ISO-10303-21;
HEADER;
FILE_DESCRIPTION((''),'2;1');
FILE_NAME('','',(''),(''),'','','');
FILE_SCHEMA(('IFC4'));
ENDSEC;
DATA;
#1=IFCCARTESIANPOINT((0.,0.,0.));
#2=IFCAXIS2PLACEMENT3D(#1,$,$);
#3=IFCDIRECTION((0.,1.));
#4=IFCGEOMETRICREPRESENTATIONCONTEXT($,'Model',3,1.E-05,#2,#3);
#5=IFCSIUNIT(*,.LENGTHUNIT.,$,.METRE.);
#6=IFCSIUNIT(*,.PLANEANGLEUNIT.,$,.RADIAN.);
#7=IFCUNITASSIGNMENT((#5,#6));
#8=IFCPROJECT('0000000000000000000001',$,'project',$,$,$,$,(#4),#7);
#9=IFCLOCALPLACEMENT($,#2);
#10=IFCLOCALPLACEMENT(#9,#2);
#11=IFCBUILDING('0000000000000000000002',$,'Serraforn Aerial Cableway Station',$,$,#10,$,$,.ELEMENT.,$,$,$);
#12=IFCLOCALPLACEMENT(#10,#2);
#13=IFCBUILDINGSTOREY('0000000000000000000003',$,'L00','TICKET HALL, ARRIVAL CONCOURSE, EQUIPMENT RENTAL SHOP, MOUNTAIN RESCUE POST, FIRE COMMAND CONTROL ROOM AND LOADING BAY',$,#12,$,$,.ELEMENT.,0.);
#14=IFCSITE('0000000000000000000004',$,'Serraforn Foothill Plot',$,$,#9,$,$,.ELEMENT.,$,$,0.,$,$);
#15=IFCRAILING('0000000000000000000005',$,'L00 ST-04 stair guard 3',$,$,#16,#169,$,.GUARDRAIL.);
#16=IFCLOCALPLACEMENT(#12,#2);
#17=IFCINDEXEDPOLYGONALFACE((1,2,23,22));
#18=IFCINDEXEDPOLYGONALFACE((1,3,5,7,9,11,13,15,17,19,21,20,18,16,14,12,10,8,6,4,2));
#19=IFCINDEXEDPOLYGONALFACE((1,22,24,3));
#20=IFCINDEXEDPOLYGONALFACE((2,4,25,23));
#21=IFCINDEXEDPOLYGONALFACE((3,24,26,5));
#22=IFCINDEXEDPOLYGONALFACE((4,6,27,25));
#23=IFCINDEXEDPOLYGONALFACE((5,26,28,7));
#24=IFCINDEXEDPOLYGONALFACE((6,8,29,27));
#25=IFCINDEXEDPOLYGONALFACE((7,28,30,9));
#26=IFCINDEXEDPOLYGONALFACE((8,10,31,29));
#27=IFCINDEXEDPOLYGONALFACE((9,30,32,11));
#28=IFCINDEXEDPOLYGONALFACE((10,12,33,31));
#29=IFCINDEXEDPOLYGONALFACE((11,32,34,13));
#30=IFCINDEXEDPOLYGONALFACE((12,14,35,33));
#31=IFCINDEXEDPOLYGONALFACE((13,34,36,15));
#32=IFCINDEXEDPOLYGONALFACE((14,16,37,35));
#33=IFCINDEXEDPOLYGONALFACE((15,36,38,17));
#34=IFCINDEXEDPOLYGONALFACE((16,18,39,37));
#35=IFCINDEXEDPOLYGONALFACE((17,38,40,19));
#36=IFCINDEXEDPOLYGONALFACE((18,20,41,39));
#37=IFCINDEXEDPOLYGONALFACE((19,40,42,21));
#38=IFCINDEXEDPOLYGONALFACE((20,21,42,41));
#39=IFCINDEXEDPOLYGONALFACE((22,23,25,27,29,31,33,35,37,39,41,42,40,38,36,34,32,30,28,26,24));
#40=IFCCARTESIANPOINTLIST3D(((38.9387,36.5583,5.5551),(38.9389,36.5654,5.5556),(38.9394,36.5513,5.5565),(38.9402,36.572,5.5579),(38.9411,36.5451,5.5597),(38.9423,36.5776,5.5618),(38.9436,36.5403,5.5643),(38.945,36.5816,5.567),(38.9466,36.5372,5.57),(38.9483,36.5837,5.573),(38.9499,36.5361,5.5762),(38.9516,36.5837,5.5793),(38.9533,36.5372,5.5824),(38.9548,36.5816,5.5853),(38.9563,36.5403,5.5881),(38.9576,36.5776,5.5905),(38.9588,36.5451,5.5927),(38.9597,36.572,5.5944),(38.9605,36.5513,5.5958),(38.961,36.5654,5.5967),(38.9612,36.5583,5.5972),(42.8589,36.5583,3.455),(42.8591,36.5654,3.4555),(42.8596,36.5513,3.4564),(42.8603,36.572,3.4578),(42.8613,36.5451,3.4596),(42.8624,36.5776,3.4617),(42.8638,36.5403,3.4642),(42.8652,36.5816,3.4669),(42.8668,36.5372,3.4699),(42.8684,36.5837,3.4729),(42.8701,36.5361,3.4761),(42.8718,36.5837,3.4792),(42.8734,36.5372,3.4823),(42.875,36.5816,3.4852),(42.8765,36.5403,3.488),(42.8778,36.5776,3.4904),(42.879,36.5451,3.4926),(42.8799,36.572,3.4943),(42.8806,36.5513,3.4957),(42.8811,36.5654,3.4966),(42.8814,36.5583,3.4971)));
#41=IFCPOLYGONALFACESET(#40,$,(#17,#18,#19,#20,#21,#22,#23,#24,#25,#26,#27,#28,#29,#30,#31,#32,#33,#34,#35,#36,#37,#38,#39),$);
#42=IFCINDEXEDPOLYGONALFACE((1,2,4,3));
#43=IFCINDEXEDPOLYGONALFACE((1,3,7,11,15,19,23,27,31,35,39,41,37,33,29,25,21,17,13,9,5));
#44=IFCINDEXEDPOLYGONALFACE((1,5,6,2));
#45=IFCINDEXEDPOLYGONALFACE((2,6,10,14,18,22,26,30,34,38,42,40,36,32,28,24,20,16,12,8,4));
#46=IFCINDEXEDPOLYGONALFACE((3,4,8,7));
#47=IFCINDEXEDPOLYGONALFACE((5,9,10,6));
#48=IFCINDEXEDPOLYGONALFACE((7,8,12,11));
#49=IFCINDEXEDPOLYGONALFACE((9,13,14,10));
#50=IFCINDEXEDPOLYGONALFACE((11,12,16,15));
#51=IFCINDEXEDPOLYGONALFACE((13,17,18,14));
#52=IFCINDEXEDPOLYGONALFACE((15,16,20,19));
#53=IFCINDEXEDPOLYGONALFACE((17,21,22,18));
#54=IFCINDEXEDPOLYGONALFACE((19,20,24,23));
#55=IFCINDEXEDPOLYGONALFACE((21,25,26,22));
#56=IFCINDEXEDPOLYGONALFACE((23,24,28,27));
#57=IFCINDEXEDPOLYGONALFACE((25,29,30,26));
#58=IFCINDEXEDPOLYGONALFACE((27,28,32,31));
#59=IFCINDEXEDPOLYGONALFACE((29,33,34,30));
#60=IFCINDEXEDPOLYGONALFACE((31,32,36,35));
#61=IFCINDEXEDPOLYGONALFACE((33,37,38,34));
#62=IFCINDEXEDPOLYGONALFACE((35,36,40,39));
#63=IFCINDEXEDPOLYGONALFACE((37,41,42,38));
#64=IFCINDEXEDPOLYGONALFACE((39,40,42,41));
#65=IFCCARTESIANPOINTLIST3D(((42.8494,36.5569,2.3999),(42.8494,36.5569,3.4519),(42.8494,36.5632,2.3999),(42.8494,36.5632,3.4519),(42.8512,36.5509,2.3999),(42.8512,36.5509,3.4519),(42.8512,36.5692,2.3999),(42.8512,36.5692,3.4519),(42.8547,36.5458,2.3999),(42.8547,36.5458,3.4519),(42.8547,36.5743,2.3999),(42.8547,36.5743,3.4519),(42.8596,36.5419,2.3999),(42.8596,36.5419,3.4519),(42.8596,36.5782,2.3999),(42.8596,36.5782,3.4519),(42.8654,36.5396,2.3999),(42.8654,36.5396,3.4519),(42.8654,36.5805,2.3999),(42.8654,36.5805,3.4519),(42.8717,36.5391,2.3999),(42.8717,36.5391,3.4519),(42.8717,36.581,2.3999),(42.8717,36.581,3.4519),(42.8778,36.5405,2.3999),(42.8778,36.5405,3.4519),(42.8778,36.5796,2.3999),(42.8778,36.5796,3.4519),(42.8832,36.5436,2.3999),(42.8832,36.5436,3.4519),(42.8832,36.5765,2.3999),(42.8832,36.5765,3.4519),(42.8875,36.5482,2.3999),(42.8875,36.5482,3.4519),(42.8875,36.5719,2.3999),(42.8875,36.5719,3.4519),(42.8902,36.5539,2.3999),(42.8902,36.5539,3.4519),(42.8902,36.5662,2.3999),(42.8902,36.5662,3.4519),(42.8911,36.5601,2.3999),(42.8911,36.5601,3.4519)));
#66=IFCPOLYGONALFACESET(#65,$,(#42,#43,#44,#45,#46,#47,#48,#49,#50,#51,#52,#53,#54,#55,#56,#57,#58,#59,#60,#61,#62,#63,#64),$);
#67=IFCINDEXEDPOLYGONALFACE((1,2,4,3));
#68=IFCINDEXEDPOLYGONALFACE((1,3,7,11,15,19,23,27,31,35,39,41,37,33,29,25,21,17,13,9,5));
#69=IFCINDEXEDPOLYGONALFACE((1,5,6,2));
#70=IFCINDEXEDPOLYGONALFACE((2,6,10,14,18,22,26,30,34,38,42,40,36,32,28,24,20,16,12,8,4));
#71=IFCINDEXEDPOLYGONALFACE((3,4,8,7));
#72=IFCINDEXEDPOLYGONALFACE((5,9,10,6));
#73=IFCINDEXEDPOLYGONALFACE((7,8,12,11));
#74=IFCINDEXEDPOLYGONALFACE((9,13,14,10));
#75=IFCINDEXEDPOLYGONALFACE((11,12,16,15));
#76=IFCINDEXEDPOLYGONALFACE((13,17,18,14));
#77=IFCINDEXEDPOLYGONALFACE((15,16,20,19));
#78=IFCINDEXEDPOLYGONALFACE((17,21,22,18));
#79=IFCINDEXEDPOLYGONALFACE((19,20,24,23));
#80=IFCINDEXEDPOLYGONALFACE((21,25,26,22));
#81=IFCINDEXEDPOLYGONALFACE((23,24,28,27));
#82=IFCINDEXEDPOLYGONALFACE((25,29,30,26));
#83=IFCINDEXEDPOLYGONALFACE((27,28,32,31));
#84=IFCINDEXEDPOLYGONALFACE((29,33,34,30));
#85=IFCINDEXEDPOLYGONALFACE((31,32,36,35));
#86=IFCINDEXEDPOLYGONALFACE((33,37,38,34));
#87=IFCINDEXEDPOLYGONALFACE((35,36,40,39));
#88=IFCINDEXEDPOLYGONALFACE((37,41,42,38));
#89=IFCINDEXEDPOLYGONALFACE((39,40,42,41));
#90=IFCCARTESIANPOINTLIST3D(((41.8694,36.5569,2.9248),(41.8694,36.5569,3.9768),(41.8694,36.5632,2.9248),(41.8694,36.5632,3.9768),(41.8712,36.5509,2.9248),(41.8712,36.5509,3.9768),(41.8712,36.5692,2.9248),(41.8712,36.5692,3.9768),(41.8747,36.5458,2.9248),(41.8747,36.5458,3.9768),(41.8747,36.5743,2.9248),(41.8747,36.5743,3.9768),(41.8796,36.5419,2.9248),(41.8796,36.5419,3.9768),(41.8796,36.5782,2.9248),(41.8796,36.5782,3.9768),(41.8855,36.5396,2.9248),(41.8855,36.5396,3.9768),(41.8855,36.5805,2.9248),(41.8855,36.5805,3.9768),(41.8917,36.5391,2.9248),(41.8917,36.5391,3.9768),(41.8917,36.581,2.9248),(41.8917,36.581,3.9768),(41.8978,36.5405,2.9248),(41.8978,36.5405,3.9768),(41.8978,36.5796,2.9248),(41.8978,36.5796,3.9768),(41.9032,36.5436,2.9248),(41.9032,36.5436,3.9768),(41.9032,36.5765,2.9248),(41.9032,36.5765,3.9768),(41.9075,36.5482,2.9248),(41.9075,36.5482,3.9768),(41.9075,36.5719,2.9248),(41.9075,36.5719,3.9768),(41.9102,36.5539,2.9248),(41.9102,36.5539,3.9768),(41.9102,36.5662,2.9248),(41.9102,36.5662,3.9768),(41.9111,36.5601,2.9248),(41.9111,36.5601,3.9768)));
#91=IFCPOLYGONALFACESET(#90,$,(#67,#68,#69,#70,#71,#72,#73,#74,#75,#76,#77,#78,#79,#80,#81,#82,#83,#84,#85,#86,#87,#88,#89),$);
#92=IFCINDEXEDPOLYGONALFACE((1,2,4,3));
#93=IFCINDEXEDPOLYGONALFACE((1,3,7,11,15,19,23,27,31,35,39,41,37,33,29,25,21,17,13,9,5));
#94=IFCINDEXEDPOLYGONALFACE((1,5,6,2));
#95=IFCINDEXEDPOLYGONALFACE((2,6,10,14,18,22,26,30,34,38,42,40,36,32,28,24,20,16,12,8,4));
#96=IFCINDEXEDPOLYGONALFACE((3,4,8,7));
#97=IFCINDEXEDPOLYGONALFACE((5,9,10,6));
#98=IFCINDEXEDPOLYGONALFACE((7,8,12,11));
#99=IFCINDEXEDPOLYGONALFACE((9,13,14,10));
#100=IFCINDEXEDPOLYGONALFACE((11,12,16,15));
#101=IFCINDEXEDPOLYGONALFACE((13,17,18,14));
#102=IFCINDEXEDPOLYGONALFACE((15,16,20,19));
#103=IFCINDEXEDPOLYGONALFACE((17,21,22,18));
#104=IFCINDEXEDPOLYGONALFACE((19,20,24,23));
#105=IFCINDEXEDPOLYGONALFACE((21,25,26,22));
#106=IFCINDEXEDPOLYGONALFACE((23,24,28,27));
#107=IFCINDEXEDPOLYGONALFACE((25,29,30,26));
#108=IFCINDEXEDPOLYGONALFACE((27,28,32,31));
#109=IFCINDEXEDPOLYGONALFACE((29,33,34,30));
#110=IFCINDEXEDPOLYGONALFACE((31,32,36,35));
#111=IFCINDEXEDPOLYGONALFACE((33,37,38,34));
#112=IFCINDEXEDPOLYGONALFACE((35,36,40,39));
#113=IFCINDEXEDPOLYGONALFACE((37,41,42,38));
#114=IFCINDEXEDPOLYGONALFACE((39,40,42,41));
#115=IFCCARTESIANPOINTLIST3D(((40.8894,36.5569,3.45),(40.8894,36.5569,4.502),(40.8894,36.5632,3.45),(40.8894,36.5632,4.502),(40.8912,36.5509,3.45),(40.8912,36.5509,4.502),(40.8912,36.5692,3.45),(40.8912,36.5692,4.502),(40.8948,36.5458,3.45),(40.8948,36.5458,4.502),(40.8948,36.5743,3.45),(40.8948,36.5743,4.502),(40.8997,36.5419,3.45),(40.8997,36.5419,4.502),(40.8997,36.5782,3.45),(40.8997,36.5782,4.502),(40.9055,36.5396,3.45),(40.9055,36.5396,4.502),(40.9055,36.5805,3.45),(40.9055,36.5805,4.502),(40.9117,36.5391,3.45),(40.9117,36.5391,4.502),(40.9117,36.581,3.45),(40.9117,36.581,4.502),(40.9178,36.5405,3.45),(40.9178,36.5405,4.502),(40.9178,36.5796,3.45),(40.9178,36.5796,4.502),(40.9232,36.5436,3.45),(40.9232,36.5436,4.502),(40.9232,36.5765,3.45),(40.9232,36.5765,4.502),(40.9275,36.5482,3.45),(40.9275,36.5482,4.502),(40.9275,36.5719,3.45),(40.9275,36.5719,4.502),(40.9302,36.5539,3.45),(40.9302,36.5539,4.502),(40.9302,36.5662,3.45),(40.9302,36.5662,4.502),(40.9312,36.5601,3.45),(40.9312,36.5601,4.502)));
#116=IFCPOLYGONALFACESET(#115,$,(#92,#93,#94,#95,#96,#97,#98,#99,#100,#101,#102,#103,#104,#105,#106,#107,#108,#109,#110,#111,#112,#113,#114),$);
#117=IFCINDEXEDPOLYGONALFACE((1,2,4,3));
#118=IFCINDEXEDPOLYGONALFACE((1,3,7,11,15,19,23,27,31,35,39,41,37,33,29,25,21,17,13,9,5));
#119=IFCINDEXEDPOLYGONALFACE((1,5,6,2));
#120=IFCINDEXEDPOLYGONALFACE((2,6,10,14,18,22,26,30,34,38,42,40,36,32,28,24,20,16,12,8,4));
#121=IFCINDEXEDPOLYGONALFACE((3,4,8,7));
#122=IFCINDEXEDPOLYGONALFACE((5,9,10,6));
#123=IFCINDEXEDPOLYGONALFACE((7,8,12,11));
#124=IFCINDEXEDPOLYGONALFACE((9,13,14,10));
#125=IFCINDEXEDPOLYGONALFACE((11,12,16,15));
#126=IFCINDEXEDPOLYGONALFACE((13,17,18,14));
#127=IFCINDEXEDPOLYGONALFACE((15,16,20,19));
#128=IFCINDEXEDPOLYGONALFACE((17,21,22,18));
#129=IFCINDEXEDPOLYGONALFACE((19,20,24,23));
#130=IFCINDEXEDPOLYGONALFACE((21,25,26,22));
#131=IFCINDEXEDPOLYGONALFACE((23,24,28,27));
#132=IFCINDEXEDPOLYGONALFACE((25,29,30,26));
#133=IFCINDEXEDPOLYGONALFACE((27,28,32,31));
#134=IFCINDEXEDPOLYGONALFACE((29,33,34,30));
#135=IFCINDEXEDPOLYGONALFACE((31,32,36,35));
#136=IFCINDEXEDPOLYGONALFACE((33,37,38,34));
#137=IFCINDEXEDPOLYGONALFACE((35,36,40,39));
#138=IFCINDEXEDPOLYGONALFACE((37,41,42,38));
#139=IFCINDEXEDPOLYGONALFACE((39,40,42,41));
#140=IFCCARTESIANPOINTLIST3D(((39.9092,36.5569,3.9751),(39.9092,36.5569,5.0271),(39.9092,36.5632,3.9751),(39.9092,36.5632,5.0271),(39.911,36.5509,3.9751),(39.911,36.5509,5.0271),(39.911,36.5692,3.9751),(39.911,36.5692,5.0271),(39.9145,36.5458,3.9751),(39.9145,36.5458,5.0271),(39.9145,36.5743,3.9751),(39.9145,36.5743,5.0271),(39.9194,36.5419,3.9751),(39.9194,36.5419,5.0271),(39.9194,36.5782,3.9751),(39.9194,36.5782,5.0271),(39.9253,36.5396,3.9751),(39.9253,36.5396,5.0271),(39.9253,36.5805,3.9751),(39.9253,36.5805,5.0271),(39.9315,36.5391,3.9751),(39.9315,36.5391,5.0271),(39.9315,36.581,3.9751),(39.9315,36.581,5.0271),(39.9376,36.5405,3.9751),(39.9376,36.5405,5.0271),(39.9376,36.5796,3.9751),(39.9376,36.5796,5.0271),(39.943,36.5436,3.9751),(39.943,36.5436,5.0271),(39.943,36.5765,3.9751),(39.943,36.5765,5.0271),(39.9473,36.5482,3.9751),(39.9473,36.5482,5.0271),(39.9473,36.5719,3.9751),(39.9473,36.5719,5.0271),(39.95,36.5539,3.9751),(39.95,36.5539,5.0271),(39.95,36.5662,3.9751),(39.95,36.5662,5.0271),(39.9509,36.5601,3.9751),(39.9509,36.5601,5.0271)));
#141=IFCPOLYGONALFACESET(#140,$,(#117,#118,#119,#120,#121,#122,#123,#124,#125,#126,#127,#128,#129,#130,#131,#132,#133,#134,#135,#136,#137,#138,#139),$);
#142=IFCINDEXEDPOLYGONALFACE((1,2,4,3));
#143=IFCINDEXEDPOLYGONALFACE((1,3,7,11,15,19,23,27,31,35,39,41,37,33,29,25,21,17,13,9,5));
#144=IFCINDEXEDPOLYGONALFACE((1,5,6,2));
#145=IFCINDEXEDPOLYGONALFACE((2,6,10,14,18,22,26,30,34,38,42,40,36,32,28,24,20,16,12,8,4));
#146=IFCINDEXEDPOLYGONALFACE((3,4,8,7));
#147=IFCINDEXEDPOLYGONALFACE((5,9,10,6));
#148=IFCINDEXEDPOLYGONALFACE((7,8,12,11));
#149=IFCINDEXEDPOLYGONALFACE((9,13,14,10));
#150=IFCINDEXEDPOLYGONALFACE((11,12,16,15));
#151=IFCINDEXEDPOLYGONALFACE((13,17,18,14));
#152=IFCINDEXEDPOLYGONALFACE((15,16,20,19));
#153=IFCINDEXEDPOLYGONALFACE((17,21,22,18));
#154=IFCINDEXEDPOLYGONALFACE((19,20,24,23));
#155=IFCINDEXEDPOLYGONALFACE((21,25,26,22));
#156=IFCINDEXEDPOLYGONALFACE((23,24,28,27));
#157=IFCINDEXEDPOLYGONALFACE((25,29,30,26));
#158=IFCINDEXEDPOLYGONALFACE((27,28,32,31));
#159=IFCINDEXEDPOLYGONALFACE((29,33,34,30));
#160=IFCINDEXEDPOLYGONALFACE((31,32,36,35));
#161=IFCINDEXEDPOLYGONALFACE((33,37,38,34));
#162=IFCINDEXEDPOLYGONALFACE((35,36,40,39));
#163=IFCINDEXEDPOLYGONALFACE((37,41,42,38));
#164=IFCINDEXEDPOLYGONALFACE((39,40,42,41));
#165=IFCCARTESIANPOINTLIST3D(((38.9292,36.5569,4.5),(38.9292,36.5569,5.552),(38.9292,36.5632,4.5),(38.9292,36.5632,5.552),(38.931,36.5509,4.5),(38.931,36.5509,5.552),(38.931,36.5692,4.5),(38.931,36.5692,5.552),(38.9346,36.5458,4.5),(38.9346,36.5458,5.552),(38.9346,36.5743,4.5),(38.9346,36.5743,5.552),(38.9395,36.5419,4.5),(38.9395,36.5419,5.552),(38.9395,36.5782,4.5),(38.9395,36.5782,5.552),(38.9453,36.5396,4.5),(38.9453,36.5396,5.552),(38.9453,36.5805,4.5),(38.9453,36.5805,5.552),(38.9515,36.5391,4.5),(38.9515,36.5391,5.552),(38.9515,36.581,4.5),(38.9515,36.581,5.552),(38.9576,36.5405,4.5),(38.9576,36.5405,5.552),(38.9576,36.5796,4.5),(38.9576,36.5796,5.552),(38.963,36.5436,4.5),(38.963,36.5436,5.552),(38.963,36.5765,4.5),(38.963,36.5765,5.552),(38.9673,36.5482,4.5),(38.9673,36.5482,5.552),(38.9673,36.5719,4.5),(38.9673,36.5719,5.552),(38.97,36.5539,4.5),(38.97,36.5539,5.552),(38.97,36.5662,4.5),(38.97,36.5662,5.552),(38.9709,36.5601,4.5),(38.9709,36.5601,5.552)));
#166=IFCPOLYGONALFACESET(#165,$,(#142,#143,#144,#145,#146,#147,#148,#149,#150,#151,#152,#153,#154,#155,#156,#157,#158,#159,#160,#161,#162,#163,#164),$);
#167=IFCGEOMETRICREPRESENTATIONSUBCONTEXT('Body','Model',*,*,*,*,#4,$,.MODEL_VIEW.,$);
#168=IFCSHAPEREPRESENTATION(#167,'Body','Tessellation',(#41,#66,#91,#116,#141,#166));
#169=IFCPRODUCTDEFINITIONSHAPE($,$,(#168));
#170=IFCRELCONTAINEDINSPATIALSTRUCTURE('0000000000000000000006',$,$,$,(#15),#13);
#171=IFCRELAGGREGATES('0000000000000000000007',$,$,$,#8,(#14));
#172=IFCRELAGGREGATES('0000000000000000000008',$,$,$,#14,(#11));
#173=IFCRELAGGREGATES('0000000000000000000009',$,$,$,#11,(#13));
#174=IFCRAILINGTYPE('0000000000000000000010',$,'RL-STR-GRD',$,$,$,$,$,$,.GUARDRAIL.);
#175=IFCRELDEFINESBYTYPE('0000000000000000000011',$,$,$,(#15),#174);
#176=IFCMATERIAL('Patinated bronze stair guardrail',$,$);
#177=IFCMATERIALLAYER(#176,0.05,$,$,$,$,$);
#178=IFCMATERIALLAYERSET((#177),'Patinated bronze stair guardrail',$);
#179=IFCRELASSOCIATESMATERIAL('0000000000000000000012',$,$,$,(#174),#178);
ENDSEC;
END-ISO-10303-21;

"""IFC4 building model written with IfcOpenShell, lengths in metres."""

from ifc_helpers import new_model, si_unit, direction, frame, origin, origin_2d, place, context, subcontext, project, spatial, circle, extrude, material, layer, layer_set, type_object, element, save


model = new_model("IFC4")

# Units and contexts
model_context = context("Model", 3, precision=1e-05, world=origin(), true_north=direction((0.0, 1.0)))
body_context = subcontext(model_context, "Body", "Model", "MODEL_VIEW")
ifc_project = project(units=[si_unit("LENGTHUNIT", "METRE"), si_unit("PLANEANGLEUNIT", "RADIAN")], contexts=[model_context])

# Site, building, storey
site_placement = place(None, origin())
site = spatial("IfcSite", under=ifc_project, at=site_placement, Name="Serraforn Foothill Plot", CompositionType="ELEMENT", RefElevation=0.0)
building_placement = place(site_placement, origin())
building = spatial("IfcBuilding", under=site, at=building_placement, Name="Serraforn Aerial Cableway Station", CompositionType="ELEMENT")
storey_placement = place(building_placement, origin())
storey = spatial("IfcBuildingStorey", under=building, at=storey_placement, Name="L00", Description="TICKET HALL, ARRIVAL CONCOURSE, EQUIPMENT RENTAL SHOP, MOUNTAIN RESCUE POST, FIRE COMMAND CONTROL ROOM AND LOADING BAY", CompositionType="ELEMENT", Elevation=0.0)

# Railing
ifc_material_1 = material(Name="Patinated bronze stair guardrail")
ifc_layer_1 = layer(ifc_material_1, 0.05)
ifc_layer_set_1 = layer_set([ifc_layer_1], Name="Patinated bronze stair guardrail")
railing_type_1 = type_object("IfcRailingType", Name="RL-STR-GRD", PredefinedType="GUARDRAIL", material=ifc_layer_set_1)
railing_1_placement = place(storey_placement, frame((42.8701, 36.5601, 2.3999)))
element("IfcRailing", 1, at=railing_1_placement, inside=storey, type_object=railing_type_1, Name="L00 ST-04 stair guard 3", PredefinedType="GUARDRAIL", context=body_context, shape_type="SweptSolid", body=[
    extrude(circle(Radius=0.0239, at=origin_2d()), frame((0.0, 0.0, 1.0762), z_axis=(-0.881479, 0.0, 0.472223), x_axis=(0.0, -1.0, 0.0)), (0.0, 0.0, 1.0), 4.4473),
    extrude(circle(Radius=0.021, at=origin_2d()), origin(), (0.0, 0.0, 1.0), 1.052),
    extrude(circle(Radius=0.021, at=origin_2d()), frame((-0.98, 0.0, 0.5249)), (0.0, 0.0, 1.0), 1.052),
    extrude(circle(Radius=0.021, at=origin_2d()), frame((-1.96, 0.0, 1.05)), (0.0, 0.0, 1.0), 1.052),
    extrude(circle(Radius=0.021, at=origin_2d()), frame((-2.9402, 0.0, 1.5752)), (0.0, 0.0, 1.0), 1.052),
    extrude(circle(Radius=0.021, at=origin_2d()), frame((-3.9202, 0.0, 2.1001)), (0.0, 0.0, 1.0), 1.052),
])

save(model, "model.ifc")
